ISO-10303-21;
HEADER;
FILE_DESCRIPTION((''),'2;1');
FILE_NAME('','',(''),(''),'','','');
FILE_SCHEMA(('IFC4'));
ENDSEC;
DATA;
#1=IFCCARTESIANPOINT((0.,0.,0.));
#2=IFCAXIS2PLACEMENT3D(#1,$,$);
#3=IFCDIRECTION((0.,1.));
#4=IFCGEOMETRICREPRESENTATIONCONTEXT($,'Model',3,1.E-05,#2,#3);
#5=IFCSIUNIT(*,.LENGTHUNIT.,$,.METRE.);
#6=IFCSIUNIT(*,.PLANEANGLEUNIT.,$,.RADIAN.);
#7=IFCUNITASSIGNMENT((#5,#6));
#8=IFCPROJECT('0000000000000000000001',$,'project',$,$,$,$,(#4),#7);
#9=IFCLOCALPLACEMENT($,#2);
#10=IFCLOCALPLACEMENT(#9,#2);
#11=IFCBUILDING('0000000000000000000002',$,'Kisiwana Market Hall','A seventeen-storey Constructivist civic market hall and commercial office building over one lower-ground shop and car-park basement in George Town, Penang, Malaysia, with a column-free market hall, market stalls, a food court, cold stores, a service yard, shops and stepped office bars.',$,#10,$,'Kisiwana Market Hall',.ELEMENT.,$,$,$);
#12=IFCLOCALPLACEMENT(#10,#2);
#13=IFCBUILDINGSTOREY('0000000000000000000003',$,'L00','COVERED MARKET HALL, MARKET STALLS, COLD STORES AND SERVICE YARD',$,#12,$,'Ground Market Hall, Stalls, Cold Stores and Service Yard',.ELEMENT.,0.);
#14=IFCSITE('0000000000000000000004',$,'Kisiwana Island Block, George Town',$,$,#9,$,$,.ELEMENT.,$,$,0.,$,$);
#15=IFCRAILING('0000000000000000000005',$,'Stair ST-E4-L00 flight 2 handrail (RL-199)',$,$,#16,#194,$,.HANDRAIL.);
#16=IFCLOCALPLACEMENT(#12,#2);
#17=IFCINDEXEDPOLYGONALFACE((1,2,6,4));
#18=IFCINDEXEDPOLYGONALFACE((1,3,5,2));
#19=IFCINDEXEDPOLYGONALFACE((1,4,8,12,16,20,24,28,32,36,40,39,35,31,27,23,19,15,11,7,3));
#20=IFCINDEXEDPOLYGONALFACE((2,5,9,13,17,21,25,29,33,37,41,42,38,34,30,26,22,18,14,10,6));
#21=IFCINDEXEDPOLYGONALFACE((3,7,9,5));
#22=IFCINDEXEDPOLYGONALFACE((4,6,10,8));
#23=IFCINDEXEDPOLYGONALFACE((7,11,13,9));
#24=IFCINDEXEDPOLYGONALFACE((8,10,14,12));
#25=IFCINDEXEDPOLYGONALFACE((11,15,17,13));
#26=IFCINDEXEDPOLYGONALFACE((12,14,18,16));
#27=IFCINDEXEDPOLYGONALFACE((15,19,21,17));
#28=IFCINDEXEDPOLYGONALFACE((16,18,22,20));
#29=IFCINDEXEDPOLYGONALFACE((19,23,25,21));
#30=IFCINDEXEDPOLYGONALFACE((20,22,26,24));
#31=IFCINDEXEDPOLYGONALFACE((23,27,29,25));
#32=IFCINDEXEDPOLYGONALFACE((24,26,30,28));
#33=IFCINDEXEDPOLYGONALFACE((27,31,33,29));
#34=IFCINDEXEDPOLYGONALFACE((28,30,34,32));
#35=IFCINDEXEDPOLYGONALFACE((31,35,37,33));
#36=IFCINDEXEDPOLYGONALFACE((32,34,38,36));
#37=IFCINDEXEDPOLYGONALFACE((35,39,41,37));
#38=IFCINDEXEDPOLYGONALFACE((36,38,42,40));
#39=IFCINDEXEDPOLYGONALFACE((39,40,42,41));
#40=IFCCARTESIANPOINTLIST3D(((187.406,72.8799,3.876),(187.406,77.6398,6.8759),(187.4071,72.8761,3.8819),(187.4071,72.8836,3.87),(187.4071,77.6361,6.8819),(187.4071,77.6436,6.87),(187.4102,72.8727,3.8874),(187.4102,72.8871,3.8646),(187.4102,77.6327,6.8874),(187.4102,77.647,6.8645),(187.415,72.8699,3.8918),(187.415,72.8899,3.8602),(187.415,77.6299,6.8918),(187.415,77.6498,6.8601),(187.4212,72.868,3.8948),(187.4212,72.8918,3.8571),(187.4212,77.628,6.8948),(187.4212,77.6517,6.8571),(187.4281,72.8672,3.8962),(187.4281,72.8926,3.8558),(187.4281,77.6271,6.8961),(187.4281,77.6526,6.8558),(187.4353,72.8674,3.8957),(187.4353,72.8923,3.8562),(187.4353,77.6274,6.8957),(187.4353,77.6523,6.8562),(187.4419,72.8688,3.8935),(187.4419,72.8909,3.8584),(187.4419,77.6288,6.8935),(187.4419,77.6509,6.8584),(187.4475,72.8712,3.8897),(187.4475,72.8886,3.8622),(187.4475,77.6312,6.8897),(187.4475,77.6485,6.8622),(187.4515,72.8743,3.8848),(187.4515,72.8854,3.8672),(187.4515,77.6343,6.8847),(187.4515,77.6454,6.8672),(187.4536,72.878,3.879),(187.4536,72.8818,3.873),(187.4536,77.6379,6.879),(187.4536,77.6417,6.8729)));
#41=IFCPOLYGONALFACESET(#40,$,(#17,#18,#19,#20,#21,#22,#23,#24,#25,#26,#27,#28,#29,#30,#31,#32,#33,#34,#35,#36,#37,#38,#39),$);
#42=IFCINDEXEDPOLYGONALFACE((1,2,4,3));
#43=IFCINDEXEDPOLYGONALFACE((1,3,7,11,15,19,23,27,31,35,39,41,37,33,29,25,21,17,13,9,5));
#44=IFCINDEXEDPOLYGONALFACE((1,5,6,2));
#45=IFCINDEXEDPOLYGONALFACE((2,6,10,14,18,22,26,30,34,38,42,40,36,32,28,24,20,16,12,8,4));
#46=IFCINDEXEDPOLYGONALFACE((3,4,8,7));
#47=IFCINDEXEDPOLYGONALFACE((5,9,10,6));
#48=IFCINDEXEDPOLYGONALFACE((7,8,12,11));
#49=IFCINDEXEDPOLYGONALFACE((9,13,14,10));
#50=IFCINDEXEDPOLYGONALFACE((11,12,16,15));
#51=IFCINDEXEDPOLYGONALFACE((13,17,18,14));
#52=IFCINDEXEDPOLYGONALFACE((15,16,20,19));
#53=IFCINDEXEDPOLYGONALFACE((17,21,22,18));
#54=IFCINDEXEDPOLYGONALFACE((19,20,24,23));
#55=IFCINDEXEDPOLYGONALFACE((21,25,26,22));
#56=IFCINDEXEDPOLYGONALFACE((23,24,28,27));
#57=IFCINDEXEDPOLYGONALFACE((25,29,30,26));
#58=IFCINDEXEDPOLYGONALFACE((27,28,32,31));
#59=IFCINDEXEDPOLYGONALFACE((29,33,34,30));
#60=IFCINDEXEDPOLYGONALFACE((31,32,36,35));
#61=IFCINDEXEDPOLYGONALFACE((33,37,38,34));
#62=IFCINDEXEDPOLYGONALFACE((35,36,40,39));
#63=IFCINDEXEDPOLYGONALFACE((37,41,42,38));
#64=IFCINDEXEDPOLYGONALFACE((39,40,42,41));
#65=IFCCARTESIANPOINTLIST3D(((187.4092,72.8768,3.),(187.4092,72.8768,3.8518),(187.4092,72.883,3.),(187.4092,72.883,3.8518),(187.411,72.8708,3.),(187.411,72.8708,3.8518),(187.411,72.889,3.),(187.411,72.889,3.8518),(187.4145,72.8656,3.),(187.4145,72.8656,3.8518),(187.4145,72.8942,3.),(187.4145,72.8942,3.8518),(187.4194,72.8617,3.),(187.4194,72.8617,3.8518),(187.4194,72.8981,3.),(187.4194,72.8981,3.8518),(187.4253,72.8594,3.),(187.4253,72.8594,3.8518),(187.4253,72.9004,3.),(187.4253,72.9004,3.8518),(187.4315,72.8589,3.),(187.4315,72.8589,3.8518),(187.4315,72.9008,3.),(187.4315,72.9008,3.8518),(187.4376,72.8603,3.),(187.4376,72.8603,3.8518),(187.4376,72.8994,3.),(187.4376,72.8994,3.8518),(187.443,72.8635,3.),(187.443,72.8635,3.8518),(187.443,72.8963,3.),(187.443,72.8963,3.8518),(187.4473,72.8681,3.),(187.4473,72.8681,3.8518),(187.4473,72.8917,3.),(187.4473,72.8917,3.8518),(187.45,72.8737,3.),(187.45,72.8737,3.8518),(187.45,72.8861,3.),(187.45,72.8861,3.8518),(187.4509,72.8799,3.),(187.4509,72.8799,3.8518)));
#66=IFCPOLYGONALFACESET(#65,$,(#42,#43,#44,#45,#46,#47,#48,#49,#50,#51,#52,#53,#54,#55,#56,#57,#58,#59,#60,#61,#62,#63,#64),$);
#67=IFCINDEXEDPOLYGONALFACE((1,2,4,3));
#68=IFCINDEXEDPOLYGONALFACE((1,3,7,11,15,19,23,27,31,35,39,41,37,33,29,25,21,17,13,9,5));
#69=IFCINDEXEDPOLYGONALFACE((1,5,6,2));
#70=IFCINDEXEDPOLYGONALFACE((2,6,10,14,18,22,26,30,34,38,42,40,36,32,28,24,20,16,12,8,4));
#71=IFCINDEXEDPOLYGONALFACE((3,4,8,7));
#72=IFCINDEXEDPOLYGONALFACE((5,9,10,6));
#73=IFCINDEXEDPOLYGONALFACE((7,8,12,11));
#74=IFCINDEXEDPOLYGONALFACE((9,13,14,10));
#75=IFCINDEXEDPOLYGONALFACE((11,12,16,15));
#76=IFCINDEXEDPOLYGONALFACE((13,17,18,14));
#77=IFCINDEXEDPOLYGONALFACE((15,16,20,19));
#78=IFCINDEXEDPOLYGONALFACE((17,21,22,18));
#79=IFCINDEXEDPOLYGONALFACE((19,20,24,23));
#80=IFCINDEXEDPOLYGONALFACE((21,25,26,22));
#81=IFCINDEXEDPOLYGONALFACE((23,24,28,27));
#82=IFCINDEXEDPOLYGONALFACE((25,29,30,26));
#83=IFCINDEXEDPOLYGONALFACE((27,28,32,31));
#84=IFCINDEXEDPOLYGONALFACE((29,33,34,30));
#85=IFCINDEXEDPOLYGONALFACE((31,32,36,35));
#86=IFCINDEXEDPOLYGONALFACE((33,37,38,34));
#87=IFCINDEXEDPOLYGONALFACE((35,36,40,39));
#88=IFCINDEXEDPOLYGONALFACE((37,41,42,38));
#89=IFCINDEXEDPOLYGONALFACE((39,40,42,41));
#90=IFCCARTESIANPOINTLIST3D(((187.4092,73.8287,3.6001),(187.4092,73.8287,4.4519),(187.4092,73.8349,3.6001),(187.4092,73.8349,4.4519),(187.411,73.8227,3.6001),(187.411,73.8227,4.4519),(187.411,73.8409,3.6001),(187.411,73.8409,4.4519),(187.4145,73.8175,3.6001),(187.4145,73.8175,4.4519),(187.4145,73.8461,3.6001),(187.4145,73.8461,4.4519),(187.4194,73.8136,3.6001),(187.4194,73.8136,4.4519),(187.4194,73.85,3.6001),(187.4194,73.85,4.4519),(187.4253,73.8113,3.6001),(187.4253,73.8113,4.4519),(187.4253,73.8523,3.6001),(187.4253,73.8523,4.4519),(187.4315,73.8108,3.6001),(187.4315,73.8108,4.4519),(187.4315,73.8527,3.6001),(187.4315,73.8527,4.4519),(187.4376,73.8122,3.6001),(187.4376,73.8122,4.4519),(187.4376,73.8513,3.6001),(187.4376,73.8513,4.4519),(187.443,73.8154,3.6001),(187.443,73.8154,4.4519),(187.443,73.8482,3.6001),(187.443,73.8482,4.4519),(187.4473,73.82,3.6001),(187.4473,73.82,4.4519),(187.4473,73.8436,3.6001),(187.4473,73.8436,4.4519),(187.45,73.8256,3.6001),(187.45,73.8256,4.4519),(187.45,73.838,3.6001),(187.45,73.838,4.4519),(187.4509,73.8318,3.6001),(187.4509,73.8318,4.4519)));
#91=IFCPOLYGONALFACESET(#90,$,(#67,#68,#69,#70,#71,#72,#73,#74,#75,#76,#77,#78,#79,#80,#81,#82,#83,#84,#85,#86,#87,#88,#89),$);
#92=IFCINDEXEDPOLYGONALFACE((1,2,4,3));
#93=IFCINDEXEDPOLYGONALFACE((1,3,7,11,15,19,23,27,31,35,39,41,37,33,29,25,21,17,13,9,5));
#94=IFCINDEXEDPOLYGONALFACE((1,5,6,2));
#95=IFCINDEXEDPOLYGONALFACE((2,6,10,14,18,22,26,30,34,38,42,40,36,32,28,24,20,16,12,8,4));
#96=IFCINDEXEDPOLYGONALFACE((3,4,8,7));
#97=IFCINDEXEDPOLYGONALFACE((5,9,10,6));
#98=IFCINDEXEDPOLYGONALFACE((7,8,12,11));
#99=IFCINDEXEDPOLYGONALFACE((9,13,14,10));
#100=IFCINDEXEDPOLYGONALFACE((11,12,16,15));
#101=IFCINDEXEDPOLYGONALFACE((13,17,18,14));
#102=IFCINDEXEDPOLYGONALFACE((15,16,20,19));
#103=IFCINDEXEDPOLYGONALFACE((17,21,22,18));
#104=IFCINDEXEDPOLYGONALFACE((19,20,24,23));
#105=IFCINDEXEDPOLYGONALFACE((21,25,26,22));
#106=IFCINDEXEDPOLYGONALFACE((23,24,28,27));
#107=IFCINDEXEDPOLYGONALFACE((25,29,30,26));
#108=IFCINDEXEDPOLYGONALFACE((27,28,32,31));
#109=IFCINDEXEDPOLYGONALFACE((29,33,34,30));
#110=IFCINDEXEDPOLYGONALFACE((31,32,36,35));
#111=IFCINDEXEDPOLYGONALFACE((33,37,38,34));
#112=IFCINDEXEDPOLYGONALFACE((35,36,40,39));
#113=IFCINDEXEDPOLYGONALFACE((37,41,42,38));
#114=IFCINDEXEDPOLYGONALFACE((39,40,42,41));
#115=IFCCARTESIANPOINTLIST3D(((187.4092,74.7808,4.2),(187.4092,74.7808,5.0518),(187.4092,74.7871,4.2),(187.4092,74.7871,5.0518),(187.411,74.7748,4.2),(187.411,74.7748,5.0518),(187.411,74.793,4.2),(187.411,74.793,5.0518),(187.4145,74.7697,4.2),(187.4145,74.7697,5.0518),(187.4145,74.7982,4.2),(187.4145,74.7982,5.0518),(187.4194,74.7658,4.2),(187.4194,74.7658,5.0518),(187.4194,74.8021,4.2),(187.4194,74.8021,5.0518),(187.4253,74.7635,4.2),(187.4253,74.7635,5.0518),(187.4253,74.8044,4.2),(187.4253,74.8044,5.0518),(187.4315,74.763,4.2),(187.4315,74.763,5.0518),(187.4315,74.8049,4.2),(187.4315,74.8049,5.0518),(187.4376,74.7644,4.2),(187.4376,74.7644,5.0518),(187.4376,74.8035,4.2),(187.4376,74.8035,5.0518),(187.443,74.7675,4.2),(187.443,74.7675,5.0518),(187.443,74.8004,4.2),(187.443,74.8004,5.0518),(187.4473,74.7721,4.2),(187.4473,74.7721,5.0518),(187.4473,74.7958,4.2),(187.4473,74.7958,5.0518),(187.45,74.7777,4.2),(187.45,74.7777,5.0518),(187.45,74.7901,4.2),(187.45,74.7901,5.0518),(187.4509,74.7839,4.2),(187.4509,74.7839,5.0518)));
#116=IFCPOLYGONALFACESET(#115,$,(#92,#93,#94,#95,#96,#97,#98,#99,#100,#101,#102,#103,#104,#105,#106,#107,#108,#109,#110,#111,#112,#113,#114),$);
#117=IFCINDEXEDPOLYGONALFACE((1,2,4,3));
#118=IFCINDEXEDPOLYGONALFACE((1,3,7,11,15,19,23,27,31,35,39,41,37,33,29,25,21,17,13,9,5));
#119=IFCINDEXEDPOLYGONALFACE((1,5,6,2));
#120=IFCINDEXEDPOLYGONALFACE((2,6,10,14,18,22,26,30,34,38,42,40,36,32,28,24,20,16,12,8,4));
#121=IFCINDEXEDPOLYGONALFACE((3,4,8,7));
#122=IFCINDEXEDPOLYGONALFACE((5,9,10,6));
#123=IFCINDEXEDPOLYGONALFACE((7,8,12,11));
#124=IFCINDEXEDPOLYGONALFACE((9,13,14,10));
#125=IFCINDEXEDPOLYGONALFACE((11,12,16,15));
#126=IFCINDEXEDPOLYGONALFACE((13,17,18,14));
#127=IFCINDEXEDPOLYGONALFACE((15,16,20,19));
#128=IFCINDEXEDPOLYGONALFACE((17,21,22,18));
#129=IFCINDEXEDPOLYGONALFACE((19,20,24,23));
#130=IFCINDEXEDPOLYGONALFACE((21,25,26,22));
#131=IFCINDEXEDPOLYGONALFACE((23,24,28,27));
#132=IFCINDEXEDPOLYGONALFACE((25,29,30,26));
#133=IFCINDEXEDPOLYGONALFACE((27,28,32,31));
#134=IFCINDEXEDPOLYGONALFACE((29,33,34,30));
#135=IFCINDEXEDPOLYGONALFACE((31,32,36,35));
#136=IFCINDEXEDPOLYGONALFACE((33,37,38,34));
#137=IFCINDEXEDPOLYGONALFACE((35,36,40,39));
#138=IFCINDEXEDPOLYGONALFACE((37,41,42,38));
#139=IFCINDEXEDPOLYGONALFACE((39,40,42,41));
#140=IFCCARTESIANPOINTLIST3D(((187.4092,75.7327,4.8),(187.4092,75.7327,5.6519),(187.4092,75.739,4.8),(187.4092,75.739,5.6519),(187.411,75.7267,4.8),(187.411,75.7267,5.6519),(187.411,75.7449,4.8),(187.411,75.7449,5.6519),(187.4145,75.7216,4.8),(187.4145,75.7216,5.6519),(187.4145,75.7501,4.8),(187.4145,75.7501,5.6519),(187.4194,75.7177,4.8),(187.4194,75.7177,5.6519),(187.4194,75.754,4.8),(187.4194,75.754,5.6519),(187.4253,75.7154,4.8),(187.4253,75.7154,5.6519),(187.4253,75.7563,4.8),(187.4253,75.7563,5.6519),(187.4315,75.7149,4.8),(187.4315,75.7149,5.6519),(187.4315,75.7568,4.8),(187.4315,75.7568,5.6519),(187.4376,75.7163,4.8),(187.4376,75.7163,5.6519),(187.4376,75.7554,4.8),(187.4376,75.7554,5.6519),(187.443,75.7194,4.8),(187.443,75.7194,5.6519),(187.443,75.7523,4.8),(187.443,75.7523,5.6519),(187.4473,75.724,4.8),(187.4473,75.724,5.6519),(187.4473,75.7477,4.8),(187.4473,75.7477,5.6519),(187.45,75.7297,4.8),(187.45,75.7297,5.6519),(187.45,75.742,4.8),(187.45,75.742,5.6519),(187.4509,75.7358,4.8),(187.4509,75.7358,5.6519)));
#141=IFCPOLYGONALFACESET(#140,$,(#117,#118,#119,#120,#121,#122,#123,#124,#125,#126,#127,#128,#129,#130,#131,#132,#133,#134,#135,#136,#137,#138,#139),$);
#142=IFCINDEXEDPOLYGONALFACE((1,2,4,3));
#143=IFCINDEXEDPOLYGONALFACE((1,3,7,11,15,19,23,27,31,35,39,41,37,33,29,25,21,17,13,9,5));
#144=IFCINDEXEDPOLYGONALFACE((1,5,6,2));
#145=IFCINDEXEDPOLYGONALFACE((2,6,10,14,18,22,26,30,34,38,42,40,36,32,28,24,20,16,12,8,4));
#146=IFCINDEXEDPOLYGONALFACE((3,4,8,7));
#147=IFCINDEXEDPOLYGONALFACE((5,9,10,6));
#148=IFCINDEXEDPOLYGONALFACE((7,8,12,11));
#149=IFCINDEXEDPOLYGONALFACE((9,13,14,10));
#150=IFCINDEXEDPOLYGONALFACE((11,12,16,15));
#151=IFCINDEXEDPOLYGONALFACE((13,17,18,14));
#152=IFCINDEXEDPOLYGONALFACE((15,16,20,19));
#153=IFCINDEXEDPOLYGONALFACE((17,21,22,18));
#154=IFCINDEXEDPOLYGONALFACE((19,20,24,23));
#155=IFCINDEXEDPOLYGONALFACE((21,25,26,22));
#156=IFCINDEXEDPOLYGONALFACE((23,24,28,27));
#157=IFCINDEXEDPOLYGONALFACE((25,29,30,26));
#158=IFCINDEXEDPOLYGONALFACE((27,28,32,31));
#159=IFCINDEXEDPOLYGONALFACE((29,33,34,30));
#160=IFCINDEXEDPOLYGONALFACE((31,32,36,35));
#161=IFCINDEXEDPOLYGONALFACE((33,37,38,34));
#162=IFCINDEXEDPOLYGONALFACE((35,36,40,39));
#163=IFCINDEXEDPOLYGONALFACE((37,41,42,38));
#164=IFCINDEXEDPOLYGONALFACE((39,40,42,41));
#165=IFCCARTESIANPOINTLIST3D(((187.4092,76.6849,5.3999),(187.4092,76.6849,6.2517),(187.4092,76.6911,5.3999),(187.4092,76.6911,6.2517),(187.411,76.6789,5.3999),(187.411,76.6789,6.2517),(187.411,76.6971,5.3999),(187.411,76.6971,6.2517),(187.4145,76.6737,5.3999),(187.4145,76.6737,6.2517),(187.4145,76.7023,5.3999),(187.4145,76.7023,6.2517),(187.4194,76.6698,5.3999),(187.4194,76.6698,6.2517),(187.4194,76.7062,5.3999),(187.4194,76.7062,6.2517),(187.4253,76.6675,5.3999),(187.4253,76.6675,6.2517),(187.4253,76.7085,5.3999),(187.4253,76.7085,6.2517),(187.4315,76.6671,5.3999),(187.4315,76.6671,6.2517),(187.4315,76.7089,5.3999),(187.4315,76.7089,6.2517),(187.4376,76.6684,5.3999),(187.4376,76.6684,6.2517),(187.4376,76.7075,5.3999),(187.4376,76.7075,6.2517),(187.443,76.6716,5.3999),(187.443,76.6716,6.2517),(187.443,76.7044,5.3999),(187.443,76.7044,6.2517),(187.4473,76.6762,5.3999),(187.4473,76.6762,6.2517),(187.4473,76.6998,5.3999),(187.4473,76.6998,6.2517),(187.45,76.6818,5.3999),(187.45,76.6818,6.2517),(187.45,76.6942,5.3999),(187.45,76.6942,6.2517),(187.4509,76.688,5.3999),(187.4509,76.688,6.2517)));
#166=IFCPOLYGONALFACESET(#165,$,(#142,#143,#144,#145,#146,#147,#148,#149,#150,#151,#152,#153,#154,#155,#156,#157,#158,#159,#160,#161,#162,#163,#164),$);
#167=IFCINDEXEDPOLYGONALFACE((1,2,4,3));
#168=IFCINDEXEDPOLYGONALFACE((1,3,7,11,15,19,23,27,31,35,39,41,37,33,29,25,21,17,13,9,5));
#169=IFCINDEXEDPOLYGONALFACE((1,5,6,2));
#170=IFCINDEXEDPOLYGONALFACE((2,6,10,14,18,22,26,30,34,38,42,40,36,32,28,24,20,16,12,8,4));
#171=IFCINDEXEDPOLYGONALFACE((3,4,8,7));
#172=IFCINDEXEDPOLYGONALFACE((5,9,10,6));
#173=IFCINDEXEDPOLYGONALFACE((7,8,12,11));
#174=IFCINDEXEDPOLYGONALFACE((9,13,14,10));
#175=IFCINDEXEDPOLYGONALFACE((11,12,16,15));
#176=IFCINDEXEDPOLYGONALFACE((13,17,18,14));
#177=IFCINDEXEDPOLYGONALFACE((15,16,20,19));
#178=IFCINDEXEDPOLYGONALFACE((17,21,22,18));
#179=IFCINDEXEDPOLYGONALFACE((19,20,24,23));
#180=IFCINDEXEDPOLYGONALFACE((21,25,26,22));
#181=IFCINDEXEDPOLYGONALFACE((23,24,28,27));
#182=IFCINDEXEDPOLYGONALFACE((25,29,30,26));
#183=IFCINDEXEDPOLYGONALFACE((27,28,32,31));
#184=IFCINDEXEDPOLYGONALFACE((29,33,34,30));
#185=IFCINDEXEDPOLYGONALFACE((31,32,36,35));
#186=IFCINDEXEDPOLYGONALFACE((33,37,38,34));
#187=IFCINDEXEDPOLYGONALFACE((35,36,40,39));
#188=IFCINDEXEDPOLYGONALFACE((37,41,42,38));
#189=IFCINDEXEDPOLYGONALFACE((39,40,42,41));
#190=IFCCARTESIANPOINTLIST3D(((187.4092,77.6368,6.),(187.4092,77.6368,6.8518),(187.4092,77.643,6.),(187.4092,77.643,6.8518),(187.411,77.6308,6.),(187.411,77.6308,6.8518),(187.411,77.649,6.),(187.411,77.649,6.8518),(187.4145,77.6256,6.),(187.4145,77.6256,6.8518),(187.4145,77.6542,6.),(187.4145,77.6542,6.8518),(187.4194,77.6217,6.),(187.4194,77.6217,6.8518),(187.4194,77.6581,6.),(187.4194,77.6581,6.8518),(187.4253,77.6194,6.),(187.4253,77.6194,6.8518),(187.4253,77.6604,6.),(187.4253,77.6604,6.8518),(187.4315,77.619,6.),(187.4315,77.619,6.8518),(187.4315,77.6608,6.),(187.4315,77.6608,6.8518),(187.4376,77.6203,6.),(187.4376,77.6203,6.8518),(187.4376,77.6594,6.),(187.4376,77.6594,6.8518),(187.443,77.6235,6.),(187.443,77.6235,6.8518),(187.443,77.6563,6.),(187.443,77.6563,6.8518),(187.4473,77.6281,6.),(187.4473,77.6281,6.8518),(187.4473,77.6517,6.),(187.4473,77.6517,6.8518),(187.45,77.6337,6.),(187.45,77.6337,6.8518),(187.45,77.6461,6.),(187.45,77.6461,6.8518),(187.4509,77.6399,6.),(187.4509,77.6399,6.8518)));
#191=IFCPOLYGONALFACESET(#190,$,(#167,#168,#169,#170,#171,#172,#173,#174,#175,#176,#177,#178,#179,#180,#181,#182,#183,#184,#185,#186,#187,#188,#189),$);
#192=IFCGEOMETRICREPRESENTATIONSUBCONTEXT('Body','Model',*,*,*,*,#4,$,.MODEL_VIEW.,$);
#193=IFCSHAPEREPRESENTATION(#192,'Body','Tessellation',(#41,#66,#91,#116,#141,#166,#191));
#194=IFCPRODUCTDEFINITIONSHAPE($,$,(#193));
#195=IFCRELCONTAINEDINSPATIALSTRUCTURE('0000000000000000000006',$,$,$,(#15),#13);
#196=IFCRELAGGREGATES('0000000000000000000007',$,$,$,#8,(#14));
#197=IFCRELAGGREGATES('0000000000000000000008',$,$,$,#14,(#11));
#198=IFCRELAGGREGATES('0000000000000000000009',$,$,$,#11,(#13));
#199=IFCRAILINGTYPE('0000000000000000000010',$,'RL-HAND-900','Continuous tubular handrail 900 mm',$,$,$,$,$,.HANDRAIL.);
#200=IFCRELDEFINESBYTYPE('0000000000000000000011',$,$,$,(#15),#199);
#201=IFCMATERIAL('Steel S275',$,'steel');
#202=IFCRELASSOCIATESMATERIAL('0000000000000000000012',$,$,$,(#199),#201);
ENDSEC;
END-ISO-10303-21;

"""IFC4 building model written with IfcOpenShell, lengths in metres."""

from ifc_helpers import new_model, si_unit, direction, frame, origin, origin_2d, place, context, subcontext, project, spatial, circle, extrude, material, type_object, element, save


model = new_model("IFC4")

# Units and contexts
model_context = context("Model", 3, precision=1e-05, world=origin(), true_north=direction((0.0, 1.0)))
body_context = subcontext(model_context, "Body", "Model", "MODEL_VIEW")
ifc_project = project(units=[si_unit("LENGTHUNIT", "METRE"), si_unit("PLANEANGLEUNIT", "RADIAN")], contexts=[model_context])

# Site, building, storey
site_placement = place(None, origin())
site = spatial("IfcSite", under=ifc_project, at=site_placement, Name="Kisiwana Island Block, George Town", CompositionType="ELEMENT", RefElevation=0.0)
building_placement = place(site_placement, origin())
building = spatial("IfcBuilding", under=site, at=building_placement, Name="Kisiwana Market Hall", Description="A seventeen-storey Constructivist civic market hall and commercial office building over one lower-ground shop and car-park basement in George Town, Penang, Malaysia, with a column-free market hall, market stalls, a food court, cold stores, a service yard, shops and stepped office bars.", LongName="Kisiwana Market Hall", CompositionType="ELEMENT")
storey_placement = place(building_placement, origin())
storey = spatial("IfcBuildingStorey", under=building, at=storey_placement, Name="L00", Description="COVERED MARKET HALL, MARKET STALLS, COLD STORES AND SERVICE YARD", LongName="Ground Market Hall, Stalls, Cold Stores and Service Yard", CompositionType="ELEMENT", Elevation=0.0)

# Railing
ifc_material_1 = material(Name="Steel S275", Category="steel")
railing_type = type_object("IfcRailingType", Name="RL-HAND-900", Description="Continuous tubular handrail 900 mm", PredefinedType="HANDRAIL", material=ifc_material_1)
for number, where, name in (
    (1, (187.4299, 72.8799, 3.0), "Stair ST-E4-L00 flight 2 handrail (RL-199)"),
):
    element("IfcRailing", number, at=place(storey_placement, frame(where)), inside=storey, type_object=railing_type, Name=name, PredefinedType="HANDRAIL", context=body_context, shape_type="SweptSolid", body=[
        extrude(circle(Radius=0.0239, at=origin_2d()), frame((0.0, 0.0, 0.876), z_axis=(0.0, 0.845996, 0.53319), x_axis=(-1.0, 0.0, 0.0)), (0.0, 0.0, 1.0), 5.6265),
        extrude(circle(Radius=0.021, at=origin_2d()), origin(), (0.0, 0.0, 1.0), 0.8518),
        extrude(circle(Radius=0.021, at=origin_2d()), frame((0.0, 0.9519, 0.6001)), (0.0, 0.0, 1.0), 0.8518),
        extrude(circle(Radius=0.021, at=origin_2d()), frame((0.0, 1.9041, 1.2)), (0.0, 0.0, 1.0), 0.8518),
        extrude(circle(Radius=0.021, at=origin_2d()), frame((0.0, 2.856, 1.8)), (0.0, 0.0, 1.0), 0.8518),
        extrude(circle(Radius=0.021, at=origin_2d()), frame((0.0, 3.8081, 2.3999)), (0.0, 0.0, 1.0), 0.8518),
        extrude(circle(Radius=0.021, at=origin_2d()), frame((0.0, 4.76, 3.0)), (0.0, 0.0, 1.0), 0.8518),
    ])

save(model, "model.ifc")
